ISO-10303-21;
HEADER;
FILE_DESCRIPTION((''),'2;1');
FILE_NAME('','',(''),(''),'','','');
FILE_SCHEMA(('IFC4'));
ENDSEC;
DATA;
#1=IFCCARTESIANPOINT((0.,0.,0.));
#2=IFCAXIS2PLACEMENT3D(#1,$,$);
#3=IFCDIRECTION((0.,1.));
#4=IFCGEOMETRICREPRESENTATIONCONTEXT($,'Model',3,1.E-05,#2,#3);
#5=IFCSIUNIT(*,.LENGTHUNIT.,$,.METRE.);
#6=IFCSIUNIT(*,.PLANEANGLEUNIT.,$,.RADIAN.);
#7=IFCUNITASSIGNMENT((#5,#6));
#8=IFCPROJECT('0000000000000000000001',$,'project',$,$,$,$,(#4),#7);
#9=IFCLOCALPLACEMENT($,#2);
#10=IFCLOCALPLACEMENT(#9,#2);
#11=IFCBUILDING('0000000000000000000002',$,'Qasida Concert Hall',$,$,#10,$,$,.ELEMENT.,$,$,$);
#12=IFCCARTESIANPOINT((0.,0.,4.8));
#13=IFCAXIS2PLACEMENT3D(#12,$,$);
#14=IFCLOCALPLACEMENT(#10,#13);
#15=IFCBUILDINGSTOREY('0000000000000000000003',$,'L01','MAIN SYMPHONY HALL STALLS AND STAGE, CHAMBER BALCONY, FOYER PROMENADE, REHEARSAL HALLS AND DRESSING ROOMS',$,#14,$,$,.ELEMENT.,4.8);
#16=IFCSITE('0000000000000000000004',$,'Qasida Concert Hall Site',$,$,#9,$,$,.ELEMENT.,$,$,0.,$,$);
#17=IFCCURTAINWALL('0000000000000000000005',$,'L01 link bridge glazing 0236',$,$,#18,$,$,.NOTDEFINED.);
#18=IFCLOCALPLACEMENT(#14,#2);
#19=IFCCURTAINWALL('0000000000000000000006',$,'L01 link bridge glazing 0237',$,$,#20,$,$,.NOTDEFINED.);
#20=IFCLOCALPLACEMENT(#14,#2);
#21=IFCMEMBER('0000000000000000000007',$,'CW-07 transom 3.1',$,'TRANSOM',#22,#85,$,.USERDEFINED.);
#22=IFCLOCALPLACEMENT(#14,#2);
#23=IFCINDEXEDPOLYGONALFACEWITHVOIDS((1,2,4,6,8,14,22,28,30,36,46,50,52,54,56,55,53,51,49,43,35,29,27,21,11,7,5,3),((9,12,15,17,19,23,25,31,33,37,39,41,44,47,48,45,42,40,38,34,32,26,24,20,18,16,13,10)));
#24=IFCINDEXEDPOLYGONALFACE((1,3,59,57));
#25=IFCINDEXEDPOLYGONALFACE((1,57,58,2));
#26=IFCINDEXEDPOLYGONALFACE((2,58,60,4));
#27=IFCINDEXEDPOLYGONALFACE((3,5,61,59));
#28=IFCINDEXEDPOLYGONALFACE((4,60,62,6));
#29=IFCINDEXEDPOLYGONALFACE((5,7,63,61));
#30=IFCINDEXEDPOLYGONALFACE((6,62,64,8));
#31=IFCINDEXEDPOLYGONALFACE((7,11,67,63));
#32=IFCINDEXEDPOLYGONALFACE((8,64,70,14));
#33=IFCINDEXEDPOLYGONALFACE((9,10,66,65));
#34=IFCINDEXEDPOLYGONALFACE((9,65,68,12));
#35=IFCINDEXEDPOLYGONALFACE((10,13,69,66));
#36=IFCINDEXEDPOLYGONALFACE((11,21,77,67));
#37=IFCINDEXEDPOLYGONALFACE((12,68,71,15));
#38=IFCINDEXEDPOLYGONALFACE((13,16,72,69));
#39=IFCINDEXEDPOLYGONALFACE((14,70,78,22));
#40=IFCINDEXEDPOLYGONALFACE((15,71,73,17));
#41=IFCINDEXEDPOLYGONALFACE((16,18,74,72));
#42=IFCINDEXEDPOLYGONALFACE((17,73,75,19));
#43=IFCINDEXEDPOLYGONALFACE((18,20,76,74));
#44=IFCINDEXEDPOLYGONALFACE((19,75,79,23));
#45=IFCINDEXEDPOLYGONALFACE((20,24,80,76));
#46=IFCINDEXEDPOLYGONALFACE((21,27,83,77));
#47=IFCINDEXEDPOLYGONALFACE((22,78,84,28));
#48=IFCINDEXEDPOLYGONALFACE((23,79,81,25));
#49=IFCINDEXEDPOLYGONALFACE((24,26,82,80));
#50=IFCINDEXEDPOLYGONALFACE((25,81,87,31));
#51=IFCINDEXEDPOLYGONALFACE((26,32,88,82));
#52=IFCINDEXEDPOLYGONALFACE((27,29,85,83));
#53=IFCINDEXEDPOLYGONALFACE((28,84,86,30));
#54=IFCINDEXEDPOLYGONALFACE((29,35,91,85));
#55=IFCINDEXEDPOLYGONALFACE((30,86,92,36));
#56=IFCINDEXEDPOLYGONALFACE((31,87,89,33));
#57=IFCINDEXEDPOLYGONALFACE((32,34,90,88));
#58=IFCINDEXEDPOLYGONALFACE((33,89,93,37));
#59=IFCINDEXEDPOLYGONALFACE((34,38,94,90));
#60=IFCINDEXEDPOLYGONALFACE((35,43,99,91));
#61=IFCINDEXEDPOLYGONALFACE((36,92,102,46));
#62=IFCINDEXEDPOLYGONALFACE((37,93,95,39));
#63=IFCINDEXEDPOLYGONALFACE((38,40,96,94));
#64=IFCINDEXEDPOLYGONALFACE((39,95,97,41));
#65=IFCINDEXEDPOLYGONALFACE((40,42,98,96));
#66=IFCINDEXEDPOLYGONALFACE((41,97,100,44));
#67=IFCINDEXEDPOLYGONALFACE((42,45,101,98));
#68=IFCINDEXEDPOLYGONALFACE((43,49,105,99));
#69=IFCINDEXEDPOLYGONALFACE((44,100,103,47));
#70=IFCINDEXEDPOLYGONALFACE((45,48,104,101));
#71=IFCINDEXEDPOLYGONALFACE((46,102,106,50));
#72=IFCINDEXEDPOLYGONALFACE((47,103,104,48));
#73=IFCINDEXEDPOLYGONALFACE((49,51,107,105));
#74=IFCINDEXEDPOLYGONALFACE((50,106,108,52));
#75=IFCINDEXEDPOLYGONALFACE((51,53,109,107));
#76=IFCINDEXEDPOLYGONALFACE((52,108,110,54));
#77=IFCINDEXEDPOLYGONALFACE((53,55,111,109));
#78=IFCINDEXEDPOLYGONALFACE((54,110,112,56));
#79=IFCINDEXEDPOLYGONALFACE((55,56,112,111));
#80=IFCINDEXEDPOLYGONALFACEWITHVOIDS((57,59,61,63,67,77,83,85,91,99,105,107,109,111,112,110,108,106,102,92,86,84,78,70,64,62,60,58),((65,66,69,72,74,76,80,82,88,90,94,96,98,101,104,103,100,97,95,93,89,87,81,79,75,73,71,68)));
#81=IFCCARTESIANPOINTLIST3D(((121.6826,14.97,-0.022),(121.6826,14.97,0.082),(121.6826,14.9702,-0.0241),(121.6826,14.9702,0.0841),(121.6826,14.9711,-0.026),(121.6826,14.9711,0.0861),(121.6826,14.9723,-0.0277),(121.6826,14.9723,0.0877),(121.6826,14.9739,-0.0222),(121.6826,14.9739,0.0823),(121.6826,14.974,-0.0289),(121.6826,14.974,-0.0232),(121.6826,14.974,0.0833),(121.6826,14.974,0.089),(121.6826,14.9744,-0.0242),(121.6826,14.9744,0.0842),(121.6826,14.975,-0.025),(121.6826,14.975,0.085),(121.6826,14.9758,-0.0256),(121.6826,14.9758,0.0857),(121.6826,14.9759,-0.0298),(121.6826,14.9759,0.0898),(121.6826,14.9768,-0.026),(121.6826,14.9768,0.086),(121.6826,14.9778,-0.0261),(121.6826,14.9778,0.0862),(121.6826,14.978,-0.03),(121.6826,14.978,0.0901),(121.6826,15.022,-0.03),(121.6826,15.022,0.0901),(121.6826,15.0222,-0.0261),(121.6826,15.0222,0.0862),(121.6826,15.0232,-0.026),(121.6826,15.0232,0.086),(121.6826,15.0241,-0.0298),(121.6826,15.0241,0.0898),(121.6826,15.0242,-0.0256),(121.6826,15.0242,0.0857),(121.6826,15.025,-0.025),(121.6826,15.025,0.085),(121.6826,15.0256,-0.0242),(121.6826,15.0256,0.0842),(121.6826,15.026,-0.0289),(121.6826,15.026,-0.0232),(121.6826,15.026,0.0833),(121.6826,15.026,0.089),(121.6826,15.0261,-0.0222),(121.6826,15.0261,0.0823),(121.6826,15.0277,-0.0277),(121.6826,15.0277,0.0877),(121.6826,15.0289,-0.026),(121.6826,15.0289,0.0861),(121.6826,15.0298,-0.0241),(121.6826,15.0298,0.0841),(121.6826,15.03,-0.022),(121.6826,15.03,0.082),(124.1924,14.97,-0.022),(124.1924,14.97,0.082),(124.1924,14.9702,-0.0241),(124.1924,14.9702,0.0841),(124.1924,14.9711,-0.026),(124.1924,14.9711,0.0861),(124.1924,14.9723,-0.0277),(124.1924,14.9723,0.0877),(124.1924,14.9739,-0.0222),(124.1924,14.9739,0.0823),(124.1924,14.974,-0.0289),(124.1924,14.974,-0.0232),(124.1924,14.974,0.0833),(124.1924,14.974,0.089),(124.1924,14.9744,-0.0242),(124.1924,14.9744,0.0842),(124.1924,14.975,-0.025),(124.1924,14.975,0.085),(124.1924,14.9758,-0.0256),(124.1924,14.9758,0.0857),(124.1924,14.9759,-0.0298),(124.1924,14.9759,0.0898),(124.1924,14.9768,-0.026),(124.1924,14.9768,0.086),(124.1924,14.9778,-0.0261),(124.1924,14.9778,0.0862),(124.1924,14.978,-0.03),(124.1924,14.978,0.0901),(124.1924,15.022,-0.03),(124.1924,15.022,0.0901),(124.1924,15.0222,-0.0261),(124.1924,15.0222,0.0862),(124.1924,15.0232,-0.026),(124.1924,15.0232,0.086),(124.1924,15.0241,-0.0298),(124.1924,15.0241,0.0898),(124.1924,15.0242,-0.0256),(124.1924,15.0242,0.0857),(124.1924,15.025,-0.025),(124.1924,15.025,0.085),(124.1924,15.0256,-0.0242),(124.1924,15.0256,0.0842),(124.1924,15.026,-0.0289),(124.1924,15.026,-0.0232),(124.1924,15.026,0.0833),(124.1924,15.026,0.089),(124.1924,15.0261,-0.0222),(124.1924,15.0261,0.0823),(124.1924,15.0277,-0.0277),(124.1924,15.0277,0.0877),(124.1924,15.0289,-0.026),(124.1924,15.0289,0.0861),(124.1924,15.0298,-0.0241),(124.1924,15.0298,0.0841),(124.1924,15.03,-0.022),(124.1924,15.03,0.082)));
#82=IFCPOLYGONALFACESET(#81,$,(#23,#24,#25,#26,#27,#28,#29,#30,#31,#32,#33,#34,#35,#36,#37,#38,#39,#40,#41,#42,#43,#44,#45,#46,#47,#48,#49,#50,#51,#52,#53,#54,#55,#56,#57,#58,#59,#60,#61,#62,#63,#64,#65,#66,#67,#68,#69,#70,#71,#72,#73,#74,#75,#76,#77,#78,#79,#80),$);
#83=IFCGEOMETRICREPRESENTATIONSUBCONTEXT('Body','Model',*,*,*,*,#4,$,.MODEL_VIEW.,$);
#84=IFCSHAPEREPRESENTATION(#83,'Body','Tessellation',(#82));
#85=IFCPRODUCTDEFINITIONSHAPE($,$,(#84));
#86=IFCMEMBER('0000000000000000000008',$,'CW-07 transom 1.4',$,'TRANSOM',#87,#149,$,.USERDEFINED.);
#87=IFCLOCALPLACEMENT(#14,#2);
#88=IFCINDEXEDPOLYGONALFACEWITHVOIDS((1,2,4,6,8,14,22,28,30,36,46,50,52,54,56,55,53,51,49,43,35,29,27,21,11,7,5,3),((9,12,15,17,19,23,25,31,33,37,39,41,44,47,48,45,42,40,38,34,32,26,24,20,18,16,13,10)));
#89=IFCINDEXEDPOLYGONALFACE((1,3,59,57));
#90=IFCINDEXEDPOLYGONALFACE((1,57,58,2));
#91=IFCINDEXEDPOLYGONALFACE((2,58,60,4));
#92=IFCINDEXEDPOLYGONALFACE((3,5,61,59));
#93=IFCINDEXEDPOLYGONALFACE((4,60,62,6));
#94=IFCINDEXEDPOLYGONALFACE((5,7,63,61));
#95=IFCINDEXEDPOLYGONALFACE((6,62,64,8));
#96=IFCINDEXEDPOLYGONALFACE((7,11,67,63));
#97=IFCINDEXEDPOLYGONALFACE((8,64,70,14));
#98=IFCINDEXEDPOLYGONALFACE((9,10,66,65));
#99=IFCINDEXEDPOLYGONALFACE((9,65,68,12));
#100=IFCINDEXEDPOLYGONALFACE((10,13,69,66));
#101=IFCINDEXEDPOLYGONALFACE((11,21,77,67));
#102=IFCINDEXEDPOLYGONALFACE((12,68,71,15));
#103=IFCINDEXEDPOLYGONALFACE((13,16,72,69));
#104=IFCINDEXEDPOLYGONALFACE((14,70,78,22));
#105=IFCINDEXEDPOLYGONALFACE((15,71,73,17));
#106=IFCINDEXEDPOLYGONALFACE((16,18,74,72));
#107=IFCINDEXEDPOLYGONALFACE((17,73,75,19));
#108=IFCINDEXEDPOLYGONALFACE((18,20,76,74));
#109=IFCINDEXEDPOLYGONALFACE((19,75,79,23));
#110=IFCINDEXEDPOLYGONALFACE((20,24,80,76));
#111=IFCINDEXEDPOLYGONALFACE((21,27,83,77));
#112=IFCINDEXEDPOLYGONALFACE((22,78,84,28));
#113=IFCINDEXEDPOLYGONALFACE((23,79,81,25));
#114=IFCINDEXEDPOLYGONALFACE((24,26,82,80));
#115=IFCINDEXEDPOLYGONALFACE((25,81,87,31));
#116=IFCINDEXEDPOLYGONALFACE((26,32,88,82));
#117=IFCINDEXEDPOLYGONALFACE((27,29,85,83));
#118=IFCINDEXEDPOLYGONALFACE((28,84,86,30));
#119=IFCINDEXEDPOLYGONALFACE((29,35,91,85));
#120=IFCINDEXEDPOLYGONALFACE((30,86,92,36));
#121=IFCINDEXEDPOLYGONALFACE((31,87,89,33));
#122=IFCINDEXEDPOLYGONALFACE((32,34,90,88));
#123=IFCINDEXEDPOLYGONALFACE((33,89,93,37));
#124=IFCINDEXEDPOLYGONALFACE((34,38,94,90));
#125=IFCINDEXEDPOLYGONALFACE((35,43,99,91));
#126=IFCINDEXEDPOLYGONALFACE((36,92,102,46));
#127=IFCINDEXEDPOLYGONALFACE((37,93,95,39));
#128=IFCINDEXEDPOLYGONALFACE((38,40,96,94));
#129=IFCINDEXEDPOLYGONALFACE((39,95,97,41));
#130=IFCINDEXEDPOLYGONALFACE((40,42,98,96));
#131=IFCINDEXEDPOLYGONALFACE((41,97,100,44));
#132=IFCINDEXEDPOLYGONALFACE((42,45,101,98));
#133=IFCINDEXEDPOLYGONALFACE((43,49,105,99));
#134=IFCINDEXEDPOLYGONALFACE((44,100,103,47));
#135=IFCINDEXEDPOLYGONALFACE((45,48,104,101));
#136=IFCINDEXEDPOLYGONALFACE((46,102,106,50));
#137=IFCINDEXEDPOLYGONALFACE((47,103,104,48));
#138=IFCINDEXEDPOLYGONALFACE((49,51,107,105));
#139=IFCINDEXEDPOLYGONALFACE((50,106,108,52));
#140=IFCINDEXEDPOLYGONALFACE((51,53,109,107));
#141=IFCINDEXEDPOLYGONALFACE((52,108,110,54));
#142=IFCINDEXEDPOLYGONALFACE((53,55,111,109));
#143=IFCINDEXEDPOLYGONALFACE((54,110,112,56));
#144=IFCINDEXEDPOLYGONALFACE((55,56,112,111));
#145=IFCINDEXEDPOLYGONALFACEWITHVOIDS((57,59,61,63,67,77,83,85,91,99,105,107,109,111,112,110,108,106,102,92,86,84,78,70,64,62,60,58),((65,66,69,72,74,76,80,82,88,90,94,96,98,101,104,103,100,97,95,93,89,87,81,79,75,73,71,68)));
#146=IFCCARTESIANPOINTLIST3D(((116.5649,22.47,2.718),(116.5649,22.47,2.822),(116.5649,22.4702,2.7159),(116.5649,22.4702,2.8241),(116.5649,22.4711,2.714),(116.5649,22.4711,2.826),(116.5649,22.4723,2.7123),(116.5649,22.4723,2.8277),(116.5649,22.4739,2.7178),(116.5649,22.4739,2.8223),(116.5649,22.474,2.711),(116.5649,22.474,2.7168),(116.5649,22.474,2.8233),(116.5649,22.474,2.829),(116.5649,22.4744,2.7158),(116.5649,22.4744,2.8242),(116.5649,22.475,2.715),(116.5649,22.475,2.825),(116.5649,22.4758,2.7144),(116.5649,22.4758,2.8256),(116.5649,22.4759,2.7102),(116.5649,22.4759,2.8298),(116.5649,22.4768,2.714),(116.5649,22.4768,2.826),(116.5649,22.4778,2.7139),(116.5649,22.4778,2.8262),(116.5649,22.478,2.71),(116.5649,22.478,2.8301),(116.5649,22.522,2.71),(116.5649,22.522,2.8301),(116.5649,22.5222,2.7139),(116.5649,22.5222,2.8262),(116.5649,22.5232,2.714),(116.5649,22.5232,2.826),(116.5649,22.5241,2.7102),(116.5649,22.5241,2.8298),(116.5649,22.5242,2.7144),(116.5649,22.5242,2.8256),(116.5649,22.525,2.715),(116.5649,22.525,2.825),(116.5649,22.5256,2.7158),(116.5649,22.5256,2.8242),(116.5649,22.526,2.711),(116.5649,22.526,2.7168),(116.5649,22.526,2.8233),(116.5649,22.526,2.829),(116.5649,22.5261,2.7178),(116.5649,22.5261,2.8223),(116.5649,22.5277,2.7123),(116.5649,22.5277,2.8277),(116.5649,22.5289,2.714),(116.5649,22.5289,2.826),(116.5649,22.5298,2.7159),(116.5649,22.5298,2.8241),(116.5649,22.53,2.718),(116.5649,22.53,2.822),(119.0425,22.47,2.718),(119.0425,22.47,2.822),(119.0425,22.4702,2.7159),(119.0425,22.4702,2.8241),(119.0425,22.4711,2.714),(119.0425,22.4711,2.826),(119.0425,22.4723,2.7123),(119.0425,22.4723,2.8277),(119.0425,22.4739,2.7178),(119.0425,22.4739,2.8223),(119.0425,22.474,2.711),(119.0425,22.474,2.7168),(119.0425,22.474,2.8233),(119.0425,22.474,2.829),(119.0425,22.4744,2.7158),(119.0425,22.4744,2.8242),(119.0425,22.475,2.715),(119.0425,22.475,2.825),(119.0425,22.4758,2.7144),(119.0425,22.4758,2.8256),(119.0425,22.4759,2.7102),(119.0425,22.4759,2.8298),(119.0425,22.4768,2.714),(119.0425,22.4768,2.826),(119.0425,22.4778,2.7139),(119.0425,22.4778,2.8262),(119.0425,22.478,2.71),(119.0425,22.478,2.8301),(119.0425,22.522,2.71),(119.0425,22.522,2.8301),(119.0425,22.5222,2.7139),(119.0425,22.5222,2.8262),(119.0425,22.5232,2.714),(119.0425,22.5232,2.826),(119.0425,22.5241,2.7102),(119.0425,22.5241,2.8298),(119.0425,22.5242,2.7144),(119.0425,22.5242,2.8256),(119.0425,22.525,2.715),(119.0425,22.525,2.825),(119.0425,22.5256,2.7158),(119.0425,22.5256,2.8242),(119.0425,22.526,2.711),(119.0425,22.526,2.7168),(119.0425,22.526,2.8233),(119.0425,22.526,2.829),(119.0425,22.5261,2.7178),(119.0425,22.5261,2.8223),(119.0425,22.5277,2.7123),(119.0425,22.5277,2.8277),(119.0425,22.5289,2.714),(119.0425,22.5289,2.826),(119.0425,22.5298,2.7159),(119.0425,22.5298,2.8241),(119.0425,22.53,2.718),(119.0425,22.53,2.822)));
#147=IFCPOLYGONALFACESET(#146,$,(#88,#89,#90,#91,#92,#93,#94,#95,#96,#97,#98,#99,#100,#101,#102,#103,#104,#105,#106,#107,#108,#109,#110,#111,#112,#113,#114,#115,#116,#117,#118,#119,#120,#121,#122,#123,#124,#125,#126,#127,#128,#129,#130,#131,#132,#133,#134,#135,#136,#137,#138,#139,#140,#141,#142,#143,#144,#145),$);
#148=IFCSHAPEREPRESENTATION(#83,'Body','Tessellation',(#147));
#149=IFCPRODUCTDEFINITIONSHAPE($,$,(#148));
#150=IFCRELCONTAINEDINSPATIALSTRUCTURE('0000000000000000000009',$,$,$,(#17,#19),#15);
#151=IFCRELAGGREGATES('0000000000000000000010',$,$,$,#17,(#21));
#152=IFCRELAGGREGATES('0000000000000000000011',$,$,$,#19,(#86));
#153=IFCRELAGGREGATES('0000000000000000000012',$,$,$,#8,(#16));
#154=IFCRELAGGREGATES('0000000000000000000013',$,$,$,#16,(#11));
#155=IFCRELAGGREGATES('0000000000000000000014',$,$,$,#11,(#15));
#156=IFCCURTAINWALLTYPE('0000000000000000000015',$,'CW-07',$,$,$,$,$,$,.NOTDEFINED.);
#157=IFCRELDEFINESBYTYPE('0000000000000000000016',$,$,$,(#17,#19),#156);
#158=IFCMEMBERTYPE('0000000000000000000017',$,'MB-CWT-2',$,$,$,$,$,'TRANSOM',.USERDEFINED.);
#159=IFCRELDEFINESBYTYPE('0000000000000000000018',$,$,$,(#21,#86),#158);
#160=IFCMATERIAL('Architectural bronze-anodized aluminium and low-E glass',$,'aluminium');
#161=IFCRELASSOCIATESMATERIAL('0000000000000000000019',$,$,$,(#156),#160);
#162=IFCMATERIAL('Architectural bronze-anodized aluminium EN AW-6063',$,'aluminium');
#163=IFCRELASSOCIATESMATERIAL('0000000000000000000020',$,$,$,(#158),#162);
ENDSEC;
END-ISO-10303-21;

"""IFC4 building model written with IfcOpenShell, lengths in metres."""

from ifc_helpers import new_model, si_unit, direction, frame, origin, origin_2d, place, context, subcontext, project, spatial, hollow_rectangle, extrude, material, material_profile, profile_set, type_object, element, aggregate, save


model = new_model("IFC4")

# Units and contexts
model_context = context("Model", 3, precision=1e-05, world=origin(), true_north=direction((0.0, 1.0)))
body_context = subcontext(model_context, "Body", "Model", "MODEL_VIEW")
ifc_project = project(units=[si_unit("LENGTHUNIT", "METRE"), si_unit("PLANEANGLEUNIT", "RADIAN")], contexts=[model_context])

# Site, building, storey
site_placement = place(None, origin())
site = spatial("IfcSite", under=ifc_project, at=site_placement, Name="Qasida Concert Hall Site", CompositionType="ELEMENT", RefElevation=0.0)
building_placement = place(site_placement, origin())
building = spatial("IfcBuilding", under=site, at=building_placement, Name="Qasida Concert Hall", CompositionType="ELEMENT")
storey_placement = place(building_placement, frame((0.0, 0.0, 4.8)))
storey = spatial("IfcBuildingStorey", under=building, at=storey_placement, Name="L01", Description="MAIN SYMPHONY HALL STALLS AND STAGE, CHAMBER BALCONY, FOYER PROMENADE, REHEARSAL HALLS AND DRESSING ROOMS", CompositionType="ELEMENT", Elevation=4.8)

# Curtain walls
ifc_material_1 = material(Name="Architectural bronze-anodized aluminium and low-E glass", Category="aluminium")
curtain_wall_type = type_object("IfcCurtainWallType", Name="CW-07", PredefinedType="NOTDEFINED", material=ifc_material_1)
curtain_wall_1_placement = place(storey_placement, origin())
curtain_wall_1 = element("IfcCurtainWall", 1, at=curtain_wall_1_placement, inside=storey, type_object=curtain_wall_type, Name="L01 link bridge glazing 0236", PredefinedType="NOTDEFINED")
ifc_material_2 = material(Name="Architectural bronze-anodized aluminium EN AW-6063", Category="aluminium")
curtain_wall_2_placement = place(storey_placement, origin())
curtain_wall_2 = element("IfcCurtainWall", 2, at=curtain_wall_2_placement, inside=storey, type_object=curtain_wall_type, Name="L01 link bridge glazing 0237", PredefinedType="NOTDEFINED")

# Members
ifc_material_profile_1 = material_profile(ifc_material_2, hollow_rectangle(XDim=0.0601, YDim=0.1201, WallThickness=0.0039, InnerFilletRadius=0.0039, OuterFilletRadius=0.0081, at=origin_2d()), Name="CWT 120x60x4")
ifc_profile_set_1 = profile_set([ifc_material_profile_1], Name="Architectural bronze-anodized aluminium EN AW-6063")
member_type_1 = type_object("IfcMemberType", Name="MB-CWT-2", ElementType="TRANSOM", PredefinedType="USERDEFINED", material=ifc_profile_set_1)
member_1_placement = place(storey_placement, frame((121.6826, 15.0, 0.03), z_axis=(1.0, 0.0, 0.0), x_axis=(0.0, 1.0, 0.0)))
member_1 = element("IfcMember", 3, at=member_1_placement, type_object=member_type_1, Name="CW-07 transom 3.1", ObjectType="TRANSOM", PredefinedType="USERDEFINED", context=body_context, shape_type="SweptSolid", body=[
    extrude(hollow_rectangle(XDim=0.0601, YDim=0.1201, WallThickness=0.0039, InnerFilletRadius=0.0039, OuterFilletRadius=0.0081, at=origin_2d()), origin(), (0.0, 0.0, 1.0), 2.5098),
])
member_2_placement = place(storey_placement, frame((116.5649, 22.5, 2.77), z_axis=(1.0, 0.0, 0.0), x_axis=(0.0, 1.0, 0.0)))
member_2 = element("IfcMember", 4, at=member_2_placement, type_object=member_type_1, Name="CW-07 transom 1.4", ObjectType="TRANSOM", PredefinedType="USERDEFINED", context=body_context, shape_type="SweptSolid", body=[
    extrude(hollow_rectangle(XDim=0.0601, YDim=0.1201, WallThickness=0.0039, InnerFilletRadius=0.0039, OuterFilletRadius=0.0081, at=origin_2d()), origin(), (0.0, 0.0, 1.0), 2.4775),
])

aggregate(curtain_wall_1, [member_1])
aggregate(curtain_wall_2, [member_2])

save(model, "model.ifc")
